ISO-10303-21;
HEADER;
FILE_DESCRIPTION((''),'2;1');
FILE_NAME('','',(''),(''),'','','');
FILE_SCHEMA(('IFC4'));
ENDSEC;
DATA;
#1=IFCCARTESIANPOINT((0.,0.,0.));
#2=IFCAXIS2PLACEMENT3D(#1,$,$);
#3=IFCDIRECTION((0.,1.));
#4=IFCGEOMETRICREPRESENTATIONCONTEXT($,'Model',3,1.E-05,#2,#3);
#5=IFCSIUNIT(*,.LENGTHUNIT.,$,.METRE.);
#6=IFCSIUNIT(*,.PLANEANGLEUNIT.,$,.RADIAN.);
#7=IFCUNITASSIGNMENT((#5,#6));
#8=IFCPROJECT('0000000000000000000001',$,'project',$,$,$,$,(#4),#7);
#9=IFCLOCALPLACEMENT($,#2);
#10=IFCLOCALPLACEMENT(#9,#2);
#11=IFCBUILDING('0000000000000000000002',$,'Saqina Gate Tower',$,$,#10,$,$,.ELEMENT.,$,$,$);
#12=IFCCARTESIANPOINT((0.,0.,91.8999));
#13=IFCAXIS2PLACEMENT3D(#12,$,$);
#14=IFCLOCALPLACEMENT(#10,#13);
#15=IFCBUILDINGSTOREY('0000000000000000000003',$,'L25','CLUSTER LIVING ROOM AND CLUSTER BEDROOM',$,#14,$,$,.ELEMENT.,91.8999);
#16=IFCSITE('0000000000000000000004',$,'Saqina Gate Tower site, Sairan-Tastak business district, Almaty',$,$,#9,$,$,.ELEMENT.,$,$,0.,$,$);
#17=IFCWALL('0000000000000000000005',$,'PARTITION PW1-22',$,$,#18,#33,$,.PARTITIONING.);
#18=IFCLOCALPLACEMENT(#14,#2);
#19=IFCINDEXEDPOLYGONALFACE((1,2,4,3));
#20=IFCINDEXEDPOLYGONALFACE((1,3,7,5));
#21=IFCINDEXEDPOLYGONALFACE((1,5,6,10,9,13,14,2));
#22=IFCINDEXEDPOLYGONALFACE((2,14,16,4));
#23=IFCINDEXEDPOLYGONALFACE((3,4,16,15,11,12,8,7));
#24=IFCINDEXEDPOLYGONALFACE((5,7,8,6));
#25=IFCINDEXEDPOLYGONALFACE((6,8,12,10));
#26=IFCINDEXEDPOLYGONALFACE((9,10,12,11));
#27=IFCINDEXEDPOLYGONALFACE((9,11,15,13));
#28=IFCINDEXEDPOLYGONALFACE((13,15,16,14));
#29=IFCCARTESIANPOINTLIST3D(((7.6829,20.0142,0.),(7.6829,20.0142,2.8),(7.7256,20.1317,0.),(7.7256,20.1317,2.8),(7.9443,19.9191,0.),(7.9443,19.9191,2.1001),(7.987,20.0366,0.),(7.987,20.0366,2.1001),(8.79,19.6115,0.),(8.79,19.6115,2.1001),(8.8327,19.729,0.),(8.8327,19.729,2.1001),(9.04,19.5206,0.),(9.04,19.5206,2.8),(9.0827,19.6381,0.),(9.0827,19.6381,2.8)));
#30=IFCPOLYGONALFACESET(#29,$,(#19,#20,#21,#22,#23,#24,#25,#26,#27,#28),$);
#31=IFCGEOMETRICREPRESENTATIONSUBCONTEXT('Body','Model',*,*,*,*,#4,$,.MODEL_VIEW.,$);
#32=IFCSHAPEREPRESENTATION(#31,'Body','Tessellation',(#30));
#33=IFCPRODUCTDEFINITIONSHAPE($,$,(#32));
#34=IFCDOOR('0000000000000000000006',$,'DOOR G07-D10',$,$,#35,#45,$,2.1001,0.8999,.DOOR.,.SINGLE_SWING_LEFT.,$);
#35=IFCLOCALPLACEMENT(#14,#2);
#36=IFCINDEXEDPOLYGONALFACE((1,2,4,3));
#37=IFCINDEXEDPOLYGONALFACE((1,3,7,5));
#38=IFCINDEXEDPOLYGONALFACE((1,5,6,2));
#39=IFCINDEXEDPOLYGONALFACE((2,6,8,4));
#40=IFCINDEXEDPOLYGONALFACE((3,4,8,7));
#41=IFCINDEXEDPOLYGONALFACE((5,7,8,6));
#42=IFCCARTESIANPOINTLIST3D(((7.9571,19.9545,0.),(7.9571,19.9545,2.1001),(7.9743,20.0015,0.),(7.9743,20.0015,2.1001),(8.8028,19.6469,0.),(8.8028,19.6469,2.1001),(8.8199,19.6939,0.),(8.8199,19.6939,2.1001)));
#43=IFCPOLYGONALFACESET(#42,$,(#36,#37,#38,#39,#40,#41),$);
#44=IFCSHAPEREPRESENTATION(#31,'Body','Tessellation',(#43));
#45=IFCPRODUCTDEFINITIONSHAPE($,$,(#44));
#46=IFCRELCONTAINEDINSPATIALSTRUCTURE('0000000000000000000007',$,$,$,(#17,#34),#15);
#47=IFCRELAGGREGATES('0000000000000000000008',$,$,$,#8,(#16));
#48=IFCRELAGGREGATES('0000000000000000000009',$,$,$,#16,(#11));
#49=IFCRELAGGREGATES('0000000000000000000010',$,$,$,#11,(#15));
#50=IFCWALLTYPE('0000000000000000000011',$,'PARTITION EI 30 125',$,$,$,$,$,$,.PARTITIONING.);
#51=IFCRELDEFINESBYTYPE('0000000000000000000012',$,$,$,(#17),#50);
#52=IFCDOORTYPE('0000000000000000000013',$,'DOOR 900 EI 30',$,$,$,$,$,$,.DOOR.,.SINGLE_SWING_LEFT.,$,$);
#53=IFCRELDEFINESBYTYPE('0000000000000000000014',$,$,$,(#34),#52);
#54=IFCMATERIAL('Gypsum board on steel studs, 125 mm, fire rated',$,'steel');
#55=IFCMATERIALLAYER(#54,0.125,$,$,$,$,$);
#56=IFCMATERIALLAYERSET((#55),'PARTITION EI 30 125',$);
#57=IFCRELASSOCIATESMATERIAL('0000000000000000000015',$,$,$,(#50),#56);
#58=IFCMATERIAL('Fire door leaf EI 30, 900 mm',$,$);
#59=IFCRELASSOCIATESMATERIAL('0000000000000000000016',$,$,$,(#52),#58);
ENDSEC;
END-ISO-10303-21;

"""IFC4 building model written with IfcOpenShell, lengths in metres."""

from ifc_helpers import new_model, si_unit, direction, frame, frame_2d, origin, place, context, subcontext, project, spatial, rectangle, extrude, material, layer, layer_set, type_object, element, fill, save


model = new_model("IFC4")

# Units and contexts
model_context = context("Model", 3, precision=1e-05, world=origin(), true_north=direction((0.0, 1.0)))
body_context = subcontext(model_context, "Body", "Model", "MODEL_VIEW")
ifc_project = project(units=[si_unit("LENGTHUNIT", "METRE"), si_unit("PLANEANGLEUNIT", "RADIAN")], contexts=[model_context])

# Site, building, storey
site_placement = place(None, origin())
site = spatial("IfcSite", under=ifc_project, at=site_placement, Name="Saqina Gate Tower site, Sairan-Tastak business district, Almaty", CompositionType="ELEMENT", RefElevation=0.0)
building_placement = place(site_placement, origin())
building = spatial("IfcBuilding", under=site, at=building_placement, Name="Saqina Gate Tower", CompositionType="ELEMENT")
storey_placement = place(building_placement, frame((0.0, 0.0, 91.8999)))
storey = spatial("IfcBuildingStorey", under=building, at=storey_placement, Name="L25", Description="CLUSTER LIVING ROOM AND CLUSTER BEDROOM", CompositionType="ELEMENT", Elevation=91.8999)

# Shared definitions
ifc_material_1 = material(Name="Gypsum board on steel studs, 125 mm, fire rated", Category="steel")
ifc_layer_1 = layer(ifc_material_1, 0.125)
ifc_layer_set_1 = layer_set([ifc_layer_1], Name="PARTITION EI 30 125")
wall_type_1 = type_object("IfcWallType", Name="PARTITION EI 30 125", PredefinedType="PARTITIONING", material=ifc_layer_set_1)

# Wall, opening, door
wall_1_placement = place(storey_placement, frame((7.7041, 20.073, 0.0), z_axis=(0.0, 0.0, 1.0), x_axis=(0.939764, -0.341825, 0.0)))
wall_1 = element("IfcWall", 1, at=wall_1_placement, inside=storey, type_object=wall_type_1, Name="PARTITION PW1-22", PredefinedType="PARTITIONING", context=body_context, shape_type="SweptSolid", body=[
    extrude(rectangle(XDim=1.4441, YDim=0.125, at=frame_2d((0.7222, 0.0))), origin(), (0.0, 0.0, 1.0), 2.8),
])
opening_1_placement = place(wall_1_placement, frame((0.2783, 0.0, 0.0)))
opening_1 = element("IfcOpeningElement", 2, at=opening_1_placement, cuts=wall_1, PredefinedType="OPENING", context=body_context, shape_type="SweptSolid", body=[
    extrude(rectangle(XDim=0.8999, YDim=2.1001, at=frame_2d((0.45, 1.05))), frame((0.0, 0.0745, 0.0), z_axis=(0.0, -1.0, 0.0), x_axis=(1.0, 0.0, 0.0)), (0.0, 0.0, 1.0), 0.1489),
])
ifc_material_2 = material(Name="Fire door leaf EI 30, 900 mm")
door_type_1 = type_object("IfcDoorType", Name="DOOR 900 EI 30", OperationType="SINGLE_SWING_LEFT", PredefinedType="DOOR", material=ifc_material_2)
door_1_placement = place(opening_1_placement, frame((0.8999, 0.0, 0.0), z_axis=(0.0, 0.0, 1.0), x_axis=(-1.0, 0.0, 0.0)))
door_1 = element("IfcDoor", 3, at=door_1_placement, inside=storey, type_object=door_type_1, Name="DOOR G07-D10", OperationType="SINGLE_SWING_LEFT", OverallHeight=2.1001, OverallWidth=0.8999, PredefinedType="DOOR", context=body_context, shape_type="SweptSolid", body=[
    extrude(rectangle(XDim=0.8999, YDim=2.1001, at=frame_2d((0.45, 1.05))), frame((0.0, 0.0249, 0.0), z_axis=(0.0, -1.0, 0.0), x_axis=(1.0, 0.0, 0.0)), (0.0, 0.0, 1.0), 0.05),
])
fill(opening_1, door_1)

save(model, "model.ifc")
